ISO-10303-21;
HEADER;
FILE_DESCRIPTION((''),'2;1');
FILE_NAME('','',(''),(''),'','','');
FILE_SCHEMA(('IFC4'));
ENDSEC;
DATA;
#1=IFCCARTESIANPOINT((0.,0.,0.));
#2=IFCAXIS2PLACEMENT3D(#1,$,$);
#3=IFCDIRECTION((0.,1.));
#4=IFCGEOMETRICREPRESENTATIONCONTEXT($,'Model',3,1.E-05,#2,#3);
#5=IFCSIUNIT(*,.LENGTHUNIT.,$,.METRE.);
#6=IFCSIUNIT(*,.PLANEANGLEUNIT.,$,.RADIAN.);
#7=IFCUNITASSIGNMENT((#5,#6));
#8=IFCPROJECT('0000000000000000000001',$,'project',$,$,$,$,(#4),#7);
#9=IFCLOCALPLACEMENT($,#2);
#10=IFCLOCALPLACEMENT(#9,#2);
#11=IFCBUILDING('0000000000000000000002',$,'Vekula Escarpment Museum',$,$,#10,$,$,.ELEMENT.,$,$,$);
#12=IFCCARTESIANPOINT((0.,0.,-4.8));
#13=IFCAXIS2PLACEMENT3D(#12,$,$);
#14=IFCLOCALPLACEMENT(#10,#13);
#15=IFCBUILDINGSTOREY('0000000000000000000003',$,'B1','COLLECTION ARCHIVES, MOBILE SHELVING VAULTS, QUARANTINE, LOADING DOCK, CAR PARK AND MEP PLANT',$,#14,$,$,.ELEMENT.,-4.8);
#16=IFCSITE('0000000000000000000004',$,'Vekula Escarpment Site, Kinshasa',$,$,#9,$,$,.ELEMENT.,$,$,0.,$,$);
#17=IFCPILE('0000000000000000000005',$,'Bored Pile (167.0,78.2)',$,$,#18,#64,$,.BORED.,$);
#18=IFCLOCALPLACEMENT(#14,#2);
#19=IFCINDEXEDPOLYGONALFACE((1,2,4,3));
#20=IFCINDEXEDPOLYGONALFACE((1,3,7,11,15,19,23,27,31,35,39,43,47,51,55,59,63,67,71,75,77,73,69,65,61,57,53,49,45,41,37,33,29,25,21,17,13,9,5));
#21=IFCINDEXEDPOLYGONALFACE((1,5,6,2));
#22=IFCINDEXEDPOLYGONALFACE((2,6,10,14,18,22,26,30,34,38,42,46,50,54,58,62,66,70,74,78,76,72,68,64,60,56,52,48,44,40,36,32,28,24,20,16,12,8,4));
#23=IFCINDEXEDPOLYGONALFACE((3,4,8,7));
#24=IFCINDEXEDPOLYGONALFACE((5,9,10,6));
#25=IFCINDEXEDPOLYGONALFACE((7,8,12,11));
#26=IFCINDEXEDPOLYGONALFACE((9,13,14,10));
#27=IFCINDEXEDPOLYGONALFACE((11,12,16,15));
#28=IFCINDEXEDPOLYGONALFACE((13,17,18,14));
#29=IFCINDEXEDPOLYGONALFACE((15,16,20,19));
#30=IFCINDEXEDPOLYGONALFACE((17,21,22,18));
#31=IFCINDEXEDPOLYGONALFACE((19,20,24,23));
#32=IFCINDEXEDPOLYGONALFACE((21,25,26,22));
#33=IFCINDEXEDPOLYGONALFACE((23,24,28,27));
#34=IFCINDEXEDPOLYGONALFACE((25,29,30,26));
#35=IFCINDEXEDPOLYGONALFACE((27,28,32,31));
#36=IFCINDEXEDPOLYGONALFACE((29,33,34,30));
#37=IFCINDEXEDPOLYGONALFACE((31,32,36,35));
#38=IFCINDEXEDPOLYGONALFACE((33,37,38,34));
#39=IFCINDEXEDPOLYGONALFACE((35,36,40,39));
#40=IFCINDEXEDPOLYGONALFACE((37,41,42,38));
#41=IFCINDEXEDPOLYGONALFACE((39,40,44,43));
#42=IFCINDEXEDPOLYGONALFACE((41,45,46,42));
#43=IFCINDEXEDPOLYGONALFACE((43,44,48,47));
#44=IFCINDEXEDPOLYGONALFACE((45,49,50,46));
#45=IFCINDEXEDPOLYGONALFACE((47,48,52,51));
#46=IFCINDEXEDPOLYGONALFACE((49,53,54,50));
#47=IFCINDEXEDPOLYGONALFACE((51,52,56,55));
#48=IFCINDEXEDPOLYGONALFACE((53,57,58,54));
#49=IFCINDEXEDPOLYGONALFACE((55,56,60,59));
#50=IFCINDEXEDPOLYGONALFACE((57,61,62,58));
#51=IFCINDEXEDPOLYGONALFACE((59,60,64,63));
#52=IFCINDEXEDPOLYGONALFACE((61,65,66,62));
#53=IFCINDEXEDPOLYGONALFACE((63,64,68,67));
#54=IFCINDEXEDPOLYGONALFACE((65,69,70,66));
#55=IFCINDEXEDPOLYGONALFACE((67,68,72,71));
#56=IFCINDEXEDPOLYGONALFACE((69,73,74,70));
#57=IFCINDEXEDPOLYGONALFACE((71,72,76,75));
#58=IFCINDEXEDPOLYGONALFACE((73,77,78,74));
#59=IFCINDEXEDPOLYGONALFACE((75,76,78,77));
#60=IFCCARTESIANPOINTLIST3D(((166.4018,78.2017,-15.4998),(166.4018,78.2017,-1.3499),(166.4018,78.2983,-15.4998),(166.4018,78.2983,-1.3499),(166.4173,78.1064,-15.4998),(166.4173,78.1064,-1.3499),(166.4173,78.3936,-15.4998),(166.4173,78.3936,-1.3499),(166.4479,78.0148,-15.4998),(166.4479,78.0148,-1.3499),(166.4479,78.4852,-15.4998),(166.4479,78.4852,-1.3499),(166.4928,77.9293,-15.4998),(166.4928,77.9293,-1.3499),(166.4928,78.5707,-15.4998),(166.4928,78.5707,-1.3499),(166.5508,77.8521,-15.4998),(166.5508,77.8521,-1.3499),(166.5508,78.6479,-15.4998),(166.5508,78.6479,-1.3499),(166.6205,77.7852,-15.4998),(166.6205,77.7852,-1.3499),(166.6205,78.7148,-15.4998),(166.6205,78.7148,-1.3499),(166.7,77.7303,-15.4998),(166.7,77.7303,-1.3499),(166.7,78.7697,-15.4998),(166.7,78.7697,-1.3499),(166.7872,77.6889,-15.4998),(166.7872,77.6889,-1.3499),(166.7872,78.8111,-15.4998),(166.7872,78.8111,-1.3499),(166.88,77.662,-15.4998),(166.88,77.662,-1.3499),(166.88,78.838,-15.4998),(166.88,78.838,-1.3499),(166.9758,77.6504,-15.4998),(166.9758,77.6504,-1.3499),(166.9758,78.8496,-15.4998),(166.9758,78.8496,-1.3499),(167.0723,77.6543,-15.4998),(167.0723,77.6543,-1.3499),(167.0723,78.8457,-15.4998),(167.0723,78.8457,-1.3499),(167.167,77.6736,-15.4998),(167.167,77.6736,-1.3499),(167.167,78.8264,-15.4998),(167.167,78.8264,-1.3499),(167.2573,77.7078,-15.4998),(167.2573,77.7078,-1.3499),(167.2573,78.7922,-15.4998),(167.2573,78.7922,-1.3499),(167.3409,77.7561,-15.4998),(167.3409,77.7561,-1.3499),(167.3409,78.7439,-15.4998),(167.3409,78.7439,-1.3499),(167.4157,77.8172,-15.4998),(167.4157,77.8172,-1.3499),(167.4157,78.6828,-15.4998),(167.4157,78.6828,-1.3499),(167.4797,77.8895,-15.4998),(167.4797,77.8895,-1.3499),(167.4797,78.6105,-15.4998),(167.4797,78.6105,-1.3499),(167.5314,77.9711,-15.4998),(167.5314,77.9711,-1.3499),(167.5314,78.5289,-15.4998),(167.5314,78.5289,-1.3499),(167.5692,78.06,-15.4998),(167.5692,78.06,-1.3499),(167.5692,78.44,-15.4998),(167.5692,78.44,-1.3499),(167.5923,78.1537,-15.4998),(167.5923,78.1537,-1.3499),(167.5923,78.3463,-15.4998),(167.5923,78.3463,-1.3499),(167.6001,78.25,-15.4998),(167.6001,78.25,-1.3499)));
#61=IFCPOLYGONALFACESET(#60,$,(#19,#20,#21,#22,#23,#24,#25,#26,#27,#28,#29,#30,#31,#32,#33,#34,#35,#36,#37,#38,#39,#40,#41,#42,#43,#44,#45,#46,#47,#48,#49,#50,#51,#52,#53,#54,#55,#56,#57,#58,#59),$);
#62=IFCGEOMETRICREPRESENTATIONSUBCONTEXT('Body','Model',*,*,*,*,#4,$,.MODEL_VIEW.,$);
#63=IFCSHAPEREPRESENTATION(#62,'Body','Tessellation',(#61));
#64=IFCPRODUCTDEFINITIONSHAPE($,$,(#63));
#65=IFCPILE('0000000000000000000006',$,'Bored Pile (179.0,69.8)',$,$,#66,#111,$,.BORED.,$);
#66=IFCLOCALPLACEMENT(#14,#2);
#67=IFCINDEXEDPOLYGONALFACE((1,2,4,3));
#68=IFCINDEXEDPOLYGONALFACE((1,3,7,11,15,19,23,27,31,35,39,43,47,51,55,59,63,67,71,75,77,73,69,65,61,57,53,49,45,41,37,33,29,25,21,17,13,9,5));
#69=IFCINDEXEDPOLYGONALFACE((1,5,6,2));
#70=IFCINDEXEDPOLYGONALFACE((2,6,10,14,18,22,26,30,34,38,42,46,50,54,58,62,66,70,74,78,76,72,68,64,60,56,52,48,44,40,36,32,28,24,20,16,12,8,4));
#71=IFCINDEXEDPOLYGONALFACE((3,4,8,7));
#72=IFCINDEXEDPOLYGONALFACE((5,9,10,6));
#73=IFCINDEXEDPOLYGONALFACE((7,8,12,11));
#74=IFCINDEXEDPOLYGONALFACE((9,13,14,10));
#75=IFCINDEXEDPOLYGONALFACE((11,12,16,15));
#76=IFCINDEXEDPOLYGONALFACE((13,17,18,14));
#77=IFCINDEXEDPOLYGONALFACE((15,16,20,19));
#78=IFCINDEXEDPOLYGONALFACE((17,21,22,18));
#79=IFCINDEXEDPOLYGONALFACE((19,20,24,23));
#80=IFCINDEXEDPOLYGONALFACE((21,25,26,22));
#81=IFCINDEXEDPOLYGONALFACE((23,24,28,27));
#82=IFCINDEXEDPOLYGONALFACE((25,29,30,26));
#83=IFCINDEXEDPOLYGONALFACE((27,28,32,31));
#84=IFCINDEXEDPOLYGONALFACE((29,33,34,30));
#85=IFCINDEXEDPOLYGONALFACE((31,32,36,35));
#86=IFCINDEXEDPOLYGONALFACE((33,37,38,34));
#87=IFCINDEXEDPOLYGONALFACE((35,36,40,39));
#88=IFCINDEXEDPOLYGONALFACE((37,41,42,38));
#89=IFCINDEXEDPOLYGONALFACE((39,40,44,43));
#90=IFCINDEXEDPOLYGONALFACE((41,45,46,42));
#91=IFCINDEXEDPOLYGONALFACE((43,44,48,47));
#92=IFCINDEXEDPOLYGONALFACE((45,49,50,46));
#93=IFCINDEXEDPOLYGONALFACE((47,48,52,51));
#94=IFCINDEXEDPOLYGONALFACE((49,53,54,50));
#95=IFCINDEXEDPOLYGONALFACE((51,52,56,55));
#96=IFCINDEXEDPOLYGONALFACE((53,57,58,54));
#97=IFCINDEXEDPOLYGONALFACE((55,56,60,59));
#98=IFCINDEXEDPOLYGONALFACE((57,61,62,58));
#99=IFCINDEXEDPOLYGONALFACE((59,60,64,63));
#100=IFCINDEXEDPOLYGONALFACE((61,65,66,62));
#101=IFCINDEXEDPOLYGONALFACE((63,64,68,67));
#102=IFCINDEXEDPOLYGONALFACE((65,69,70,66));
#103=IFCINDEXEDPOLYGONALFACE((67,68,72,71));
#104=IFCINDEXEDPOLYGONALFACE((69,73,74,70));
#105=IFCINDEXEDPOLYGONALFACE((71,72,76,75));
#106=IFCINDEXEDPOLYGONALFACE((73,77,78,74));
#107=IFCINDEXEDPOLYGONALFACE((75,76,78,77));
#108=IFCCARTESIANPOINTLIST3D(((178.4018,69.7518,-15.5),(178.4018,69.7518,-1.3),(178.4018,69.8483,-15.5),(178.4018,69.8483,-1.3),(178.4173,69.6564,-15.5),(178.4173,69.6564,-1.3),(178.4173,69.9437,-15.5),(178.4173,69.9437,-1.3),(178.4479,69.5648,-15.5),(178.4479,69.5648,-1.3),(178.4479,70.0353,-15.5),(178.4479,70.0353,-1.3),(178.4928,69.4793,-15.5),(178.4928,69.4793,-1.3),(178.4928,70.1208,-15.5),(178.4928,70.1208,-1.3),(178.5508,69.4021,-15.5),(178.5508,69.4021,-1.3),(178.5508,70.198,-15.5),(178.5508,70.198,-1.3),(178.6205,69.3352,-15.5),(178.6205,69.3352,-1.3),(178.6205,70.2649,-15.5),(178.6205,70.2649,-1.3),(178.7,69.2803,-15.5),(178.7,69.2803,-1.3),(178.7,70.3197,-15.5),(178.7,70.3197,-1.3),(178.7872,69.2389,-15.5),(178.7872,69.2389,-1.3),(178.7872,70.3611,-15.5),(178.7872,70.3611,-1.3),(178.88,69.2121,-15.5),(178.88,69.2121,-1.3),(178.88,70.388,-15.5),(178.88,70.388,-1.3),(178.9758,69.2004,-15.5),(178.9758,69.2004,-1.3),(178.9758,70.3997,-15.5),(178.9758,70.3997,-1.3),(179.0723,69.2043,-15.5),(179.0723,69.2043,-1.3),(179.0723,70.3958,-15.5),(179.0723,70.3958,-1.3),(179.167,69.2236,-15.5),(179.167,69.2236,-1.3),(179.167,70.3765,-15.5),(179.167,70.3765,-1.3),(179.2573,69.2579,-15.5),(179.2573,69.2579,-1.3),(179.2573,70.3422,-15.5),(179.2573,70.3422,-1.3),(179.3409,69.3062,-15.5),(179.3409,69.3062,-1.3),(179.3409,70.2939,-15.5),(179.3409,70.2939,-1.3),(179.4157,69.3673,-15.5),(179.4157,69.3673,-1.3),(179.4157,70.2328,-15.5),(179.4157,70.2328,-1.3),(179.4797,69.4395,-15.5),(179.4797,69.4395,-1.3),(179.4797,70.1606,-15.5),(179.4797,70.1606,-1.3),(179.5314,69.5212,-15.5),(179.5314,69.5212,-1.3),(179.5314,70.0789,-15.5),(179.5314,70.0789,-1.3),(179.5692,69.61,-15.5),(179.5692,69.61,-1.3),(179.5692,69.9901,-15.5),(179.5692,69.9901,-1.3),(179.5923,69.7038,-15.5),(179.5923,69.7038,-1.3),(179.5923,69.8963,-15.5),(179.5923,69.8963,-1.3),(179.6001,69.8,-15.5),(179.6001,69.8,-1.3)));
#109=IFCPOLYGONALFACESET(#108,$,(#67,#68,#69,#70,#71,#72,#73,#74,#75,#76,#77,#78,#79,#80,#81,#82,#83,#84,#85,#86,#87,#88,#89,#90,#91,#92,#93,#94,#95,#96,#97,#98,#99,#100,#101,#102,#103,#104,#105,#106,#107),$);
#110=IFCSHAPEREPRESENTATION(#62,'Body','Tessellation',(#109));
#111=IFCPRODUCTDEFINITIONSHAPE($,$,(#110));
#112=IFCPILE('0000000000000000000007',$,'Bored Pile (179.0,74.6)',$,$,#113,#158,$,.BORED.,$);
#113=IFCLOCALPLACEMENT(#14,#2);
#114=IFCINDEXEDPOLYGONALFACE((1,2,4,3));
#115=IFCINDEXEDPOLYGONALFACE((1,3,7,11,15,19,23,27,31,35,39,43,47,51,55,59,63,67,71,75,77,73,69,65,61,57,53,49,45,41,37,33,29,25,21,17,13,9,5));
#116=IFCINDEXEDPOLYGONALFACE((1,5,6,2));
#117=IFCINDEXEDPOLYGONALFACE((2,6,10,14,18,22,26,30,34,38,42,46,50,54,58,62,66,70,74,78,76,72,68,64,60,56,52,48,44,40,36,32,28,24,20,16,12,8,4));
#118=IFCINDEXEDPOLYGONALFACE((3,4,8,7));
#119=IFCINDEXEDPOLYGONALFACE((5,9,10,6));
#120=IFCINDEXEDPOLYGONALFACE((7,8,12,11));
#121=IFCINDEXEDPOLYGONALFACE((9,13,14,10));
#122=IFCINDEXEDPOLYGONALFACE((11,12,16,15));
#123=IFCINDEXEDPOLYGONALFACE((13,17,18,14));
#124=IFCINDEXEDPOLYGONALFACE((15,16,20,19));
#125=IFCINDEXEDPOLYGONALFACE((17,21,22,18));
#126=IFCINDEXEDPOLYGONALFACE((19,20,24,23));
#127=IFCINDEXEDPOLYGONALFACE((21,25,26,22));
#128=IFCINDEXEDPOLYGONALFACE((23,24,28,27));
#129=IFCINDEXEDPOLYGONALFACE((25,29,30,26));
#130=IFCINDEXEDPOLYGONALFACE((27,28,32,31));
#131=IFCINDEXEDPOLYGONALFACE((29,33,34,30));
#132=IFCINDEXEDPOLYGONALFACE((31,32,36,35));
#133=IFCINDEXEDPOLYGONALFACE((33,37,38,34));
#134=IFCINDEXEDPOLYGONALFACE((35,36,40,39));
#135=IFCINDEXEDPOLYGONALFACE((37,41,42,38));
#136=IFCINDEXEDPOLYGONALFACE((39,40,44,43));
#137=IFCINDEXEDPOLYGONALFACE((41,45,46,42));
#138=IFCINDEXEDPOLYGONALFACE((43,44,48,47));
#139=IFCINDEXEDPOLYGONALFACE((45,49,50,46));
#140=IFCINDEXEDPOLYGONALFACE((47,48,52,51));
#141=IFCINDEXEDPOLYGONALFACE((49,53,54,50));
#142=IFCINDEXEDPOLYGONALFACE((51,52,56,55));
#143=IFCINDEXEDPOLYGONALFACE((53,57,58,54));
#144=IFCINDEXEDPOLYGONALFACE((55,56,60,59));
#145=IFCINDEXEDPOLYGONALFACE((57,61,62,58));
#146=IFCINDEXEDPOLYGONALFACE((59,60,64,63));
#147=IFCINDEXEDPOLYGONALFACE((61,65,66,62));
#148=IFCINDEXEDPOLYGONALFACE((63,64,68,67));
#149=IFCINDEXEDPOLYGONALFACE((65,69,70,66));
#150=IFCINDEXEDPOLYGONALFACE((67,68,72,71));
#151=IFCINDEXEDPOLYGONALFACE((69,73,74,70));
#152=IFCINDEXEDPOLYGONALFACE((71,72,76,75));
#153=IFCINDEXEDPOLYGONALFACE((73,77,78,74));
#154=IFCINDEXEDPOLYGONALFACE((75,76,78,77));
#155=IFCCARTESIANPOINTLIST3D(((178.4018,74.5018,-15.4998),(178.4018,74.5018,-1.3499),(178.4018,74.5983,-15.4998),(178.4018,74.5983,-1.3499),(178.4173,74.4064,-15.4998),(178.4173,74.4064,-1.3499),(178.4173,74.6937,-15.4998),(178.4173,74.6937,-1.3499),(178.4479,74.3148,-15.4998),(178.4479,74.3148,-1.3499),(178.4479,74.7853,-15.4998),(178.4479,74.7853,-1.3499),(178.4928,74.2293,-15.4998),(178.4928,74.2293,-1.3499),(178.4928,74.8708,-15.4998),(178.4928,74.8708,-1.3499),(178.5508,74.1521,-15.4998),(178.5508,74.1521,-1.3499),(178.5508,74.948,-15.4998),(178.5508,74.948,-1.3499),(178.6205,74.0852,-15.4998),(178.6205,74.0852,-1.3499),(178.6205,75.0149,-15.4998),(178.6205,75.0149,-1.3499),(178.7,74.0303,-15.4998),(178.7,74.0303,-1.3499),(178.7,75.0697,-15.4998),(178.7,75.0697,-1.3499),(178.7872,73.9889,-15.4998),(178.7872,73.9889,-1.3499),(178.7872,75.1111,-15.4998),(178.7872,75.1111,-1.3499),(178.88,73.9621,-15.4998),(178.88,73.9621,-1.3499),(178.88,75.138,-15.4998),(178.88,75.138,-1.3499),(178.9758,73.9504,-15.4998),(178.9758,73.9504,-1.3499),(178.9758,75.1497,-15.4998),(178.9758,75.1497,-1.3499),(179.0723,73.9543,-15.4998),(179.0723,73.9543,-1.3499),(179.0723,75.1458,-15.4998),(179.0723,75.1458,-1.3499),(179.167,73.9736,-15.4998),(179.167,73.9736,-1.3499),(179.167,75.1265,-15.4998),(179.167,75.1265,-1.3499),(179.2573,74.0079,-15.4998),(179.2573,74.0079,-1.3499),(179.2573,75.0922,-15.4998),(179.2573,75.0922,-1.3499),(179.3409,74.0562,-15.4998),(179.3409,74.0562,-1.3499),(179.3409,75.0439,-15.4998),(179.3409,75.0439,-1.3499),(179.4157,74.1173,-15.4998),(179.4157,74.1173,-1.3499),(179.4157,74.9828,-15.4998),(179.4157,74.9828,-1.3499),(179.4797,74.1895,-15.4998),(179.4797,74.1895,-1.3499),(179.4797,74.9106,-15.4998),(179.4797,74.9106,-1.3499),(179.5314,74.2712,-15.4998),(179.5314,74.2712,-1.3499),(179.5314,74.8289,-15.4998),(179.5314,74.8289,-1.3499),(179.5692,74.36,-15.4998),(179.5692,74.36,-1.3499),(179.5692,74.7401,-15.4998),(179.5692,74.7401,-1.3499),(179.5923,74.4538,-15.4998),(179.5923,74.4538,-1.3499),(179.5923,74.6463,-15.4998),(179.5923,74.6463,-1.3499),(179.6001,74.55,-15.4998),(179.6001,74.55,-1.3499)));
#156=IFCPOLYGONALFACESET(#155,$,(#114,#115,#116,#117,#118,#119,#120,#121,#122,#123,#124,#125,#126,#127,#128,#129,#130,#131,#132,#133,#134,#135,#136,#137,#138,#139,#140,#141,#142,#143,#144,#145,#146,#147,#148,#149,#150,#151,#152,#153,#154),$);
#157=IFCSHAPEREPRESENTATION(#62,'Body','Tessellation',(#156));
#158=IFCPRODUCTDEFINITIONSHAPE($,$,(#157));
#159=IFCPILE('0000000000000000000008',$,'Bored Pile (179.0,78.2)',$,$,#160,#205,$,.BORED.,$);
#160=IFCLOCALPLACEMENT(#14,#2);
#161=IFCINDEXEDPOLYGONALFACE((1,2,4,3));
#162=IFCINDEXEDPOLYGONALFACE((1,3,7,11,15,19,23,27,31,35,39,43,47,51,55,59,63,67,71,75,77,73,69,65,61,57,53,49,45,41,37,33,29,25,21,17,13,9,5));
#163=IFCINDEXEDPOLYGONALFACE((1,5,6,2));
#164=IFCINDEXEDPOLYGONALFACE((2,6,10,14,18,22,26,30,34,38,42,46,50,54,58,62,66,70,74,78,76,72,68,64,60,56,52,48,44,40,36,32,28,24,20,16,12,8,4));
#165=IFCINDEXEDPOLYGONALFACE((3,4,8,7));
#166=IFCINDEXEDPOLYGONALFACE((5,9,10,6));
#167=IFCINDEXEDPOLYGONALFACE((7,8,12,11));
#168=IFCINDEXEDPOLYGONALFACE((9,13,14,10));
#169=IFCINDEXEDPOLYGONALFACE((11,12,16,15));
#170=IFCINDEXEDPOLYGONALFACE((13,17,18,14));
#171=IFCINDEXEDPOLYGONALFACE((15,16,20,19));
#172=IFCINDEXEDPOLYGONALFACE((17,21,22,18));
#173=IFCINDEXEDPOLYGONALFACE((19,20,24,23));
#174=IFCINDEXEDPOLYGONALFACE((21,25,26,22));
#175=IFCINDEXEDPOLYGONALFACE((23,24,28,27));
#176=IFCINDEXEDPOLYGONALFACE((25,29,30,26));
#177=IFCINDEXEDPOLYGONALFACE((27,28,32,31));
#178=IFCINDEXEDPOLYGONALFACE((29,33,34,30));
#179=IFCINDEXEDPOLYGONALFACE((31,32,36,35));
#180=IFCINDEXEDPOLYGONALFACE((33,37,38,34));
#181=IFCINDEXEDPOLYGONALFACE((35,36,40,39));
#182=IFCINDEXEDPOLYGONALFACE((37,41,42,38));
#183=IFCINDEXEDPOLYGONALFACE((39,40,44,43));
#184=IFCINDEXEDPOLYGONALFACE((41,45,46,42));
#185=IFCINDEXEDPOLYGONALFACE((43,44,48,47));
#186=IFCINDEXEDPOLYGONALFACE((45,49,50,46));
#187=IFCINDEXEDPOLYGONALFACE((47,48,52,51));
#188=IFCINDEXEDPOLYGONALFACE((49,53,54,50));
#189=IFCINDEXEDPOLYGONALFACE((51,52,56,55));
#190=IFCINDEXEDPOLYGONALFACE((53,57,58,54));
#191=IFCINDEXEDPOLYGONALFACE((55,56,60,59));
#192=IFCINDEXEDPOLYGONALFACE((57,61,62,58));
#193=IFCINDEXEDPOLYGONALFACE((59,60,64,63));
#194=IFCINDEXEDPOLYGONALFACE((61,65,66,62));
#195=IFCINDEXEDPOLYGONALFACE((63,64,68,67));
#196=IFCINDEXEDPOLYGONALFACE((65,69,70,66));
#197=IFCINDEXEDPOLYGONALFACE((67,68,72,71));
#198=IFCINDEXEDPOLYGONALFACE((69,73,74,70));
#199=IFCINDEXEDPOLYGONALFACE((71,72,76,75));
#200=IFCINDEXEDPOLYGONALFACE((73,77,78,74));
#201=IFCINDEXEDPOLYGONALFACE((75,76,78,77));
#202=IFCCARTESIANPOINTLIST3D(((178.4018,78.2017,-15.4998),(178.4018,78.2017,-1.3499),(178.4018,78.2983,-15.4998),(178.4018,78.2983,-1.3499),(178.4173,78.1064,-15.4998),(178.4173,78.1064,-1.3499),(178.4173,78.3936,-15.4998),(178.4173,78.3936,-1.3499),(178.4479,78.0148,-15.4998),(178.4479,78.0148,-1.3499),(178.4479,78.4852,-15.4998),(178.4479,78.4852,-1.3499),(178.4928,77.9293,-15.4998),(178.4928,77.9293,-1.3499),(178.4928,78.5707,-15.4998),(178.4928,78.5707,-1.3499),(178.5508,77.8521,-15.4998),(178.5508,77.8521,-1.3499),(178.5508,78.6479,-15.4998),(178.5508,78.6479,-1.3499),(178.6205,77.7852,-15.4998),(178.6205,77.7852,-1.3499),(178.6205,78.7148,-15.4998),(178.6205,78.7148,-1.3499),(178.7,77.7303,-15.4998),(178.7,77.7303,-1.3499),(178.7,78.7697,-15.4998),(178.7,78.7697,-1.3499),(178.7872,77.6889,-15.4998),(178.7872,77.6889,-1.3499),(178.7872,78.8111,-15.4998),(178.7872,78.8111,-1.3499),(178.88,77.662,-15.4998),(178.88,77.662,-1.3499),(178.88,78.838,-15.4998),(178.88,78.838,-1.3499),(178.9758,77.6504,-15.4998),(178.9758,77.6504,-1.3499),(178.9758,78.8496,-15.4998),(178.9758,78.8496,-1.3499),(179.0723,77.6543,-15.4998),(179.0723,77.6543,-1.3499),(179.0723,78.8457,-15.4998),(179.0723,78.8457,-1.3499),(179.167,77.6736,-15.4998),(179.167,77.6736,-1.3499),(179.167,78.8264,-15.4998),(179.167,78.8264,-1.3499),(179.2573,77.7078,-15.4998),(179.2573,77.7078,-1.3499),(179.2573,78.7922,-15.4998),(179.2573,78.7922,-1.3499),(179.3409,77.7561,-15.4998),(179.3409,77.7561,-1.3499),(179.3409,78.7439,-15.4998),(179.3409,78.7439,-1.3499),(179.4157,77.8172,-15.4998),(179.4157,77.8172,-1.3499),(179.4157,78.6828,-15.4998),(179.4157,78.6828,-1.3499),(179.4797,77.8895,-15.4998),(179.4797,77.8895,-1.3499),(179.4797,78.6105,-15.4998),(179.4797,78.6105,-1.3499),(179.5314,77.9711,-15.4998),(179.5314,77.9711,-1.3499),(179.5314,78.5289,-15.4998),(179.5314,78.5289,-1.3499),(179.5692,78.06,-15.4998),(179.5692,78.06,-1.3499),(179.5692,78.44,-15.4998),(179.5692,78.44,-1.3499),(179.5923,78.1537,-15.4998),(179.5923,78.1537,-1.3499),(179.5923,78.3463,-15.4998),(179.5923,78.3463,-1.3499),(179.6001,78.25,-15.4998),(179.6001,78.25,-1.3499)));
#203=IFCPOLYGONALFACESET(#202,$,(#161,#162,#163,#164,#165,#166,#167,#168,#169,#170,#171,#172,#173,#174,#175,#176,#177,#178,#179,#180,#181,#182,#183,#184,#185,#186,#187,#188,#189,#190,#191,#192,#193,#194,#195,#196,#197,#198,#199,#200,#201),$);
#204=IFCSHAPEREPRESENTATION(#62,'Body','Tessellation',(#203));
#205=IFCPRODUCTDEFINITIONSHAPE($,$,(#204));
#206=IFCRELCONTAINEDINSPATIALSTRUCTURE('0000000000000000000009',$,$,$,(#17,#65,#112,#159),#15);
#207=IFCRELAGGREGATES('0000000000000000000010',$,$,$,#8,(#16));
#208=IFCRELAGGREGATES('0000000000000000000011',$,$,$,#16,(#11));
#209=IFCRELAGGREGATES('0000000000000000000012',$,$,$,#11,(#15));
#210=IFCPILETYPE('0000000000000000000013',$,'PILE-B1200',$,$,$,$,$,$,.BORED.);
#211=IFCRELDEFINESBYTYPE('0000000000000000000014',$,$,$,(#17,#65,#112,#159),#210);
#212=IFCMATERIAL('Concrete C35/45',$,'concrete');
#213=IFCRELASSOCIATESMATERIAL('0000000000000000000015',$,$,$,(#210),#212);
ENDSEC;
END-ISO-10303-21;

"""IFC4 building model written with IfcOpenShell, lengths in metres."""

from ifc_helpers import new_model, si_unit, direction, frame, origin, origin_2d, place, context, subcontext, project, spatial, circle, extrude, material, material_profile, profile_set, type_object, element, save


model = new_model("IFC4")

# Units and contexts
model_context = context("Model", 3, precision=1e-05, world=origin(), true_north=direction((0.0, 1.0)))
body_context = subcontext(model_context, "Body", "Model", "MODEL_VIEW")
ifc_project = project(units=[si_unit("LENGTHUNIT", "METRE"), si_unit("PLANEANGLEUNIT", "RADIAN")], contexts=[model_context])

# Site, building, storey
site_placement = place(None, origin())
site = spatial("IfcSite", under=ifc_project, at=site_placement, Name="Vekula Escarpment Site, Kinshasa", CompositionType="ELEMENT", RefElevation=0.0)
building_placement = place(site_placement, origin())
building = spatial("IfcBuilding", under=site, at=building_placement, Name="Vekula Escarpment Museum", CompositionType="ELEMENT")
storey_placement = place(building_placement, frame((0.0, 0.0, -4.8)))
storey = spatial("IfcBuildingStorey", under=building, at=storey_placement, Name="B1", Description="COLLECTION ARCHIVES, MOBILE SHELVING VAULTS, QUARANTINE, LOADING DOCK, CAR PARK AND MEP PLANT", CompositionType="ELEMENT", Elevation=-4.8)

# Piles
ifc_material_1 = material(Name="Concrete C35/45", Category="concrete")
ifc_material_profile_1 = material_profile(ifc_material_1, circle(Radius=0.6001, at=origin_2d()), Name="BORED PILE 1200")
ifc_profile_set_1 = profile_set([ifc_material_profile_1], Name="Concrete C35/45")
pile_type = type_object("IfcPileType", Name="PILE-B1200", PredefinedType="BORED", material=ifc_profile_set_1)
for number, where, z_axis, x_axis, name in (
    (1, (167.0, 78.25, -1.3499), (0.0, 0.0, -1.0), (1.0, 0.0, 0.0), "Bored Pile (167.0,78.2)"),
):
    element("IfcPile", number, at=place(storey_placement, frame(where, z_axis=z_axis, x_axis=x_axis)), inside=storey, type_object=pile_type, Name=name, PredefinedType="BORED", context=body_context, shape_type="SweptSolid", body=[
        extrude(circle(Radius=0.6001, at=origin_2d()), origin(), (0.0, 0.0, 1.0), 14.1499),
    ])
pile_1_placement = place(storey_placement, frame((179.0, 69.8, -1.3), z_axis=(0.0, 0.0, -1.0), x_axis=(1.0, 0.0, 0.0)))
element("IfcPile", 2, at=pile_1_placement, inside=storey, type_object=pile_type, Name="Bored Pile (179.0,69.8)", PredefinedType="BORED", context=body_context, shape_type="SweptSolid", body=[
    extrude(circle(Radius=0.6001, at=origin_2d()), origin(), (0.0, 0.0, 1.0), 14.2),
])
for number, where, z_axis, x_axis, name in (
    (3, (179.0, 74.55, -1.3499), (0.0, 0.0, -1.0), (1.0, 0.0, 0.0), "Bored Pile (179.0,74.6)"),
    (4, (179.0, 78.25, -1.3499), (0.0, 0.0, -1.0), (1.0, 0.0, 0.0), "Bored Pile (179.0,78.2)"),
):
    element("IfcPile", number, at=place(storey_placement, frame(where, z_axis=z_axis, x_axis=x_axis)), inside=storey, type_object=pile_type, Name=name, PredefinedType="BORED", context=body_context, shape_type="SweptSolid", body=[
        extrude(circle(Radius=0.6001, at=origin_2d()), origin(), (0.0, 0.0, 1.0), 14.1499),
    ])

save(model, "model.ifc")
